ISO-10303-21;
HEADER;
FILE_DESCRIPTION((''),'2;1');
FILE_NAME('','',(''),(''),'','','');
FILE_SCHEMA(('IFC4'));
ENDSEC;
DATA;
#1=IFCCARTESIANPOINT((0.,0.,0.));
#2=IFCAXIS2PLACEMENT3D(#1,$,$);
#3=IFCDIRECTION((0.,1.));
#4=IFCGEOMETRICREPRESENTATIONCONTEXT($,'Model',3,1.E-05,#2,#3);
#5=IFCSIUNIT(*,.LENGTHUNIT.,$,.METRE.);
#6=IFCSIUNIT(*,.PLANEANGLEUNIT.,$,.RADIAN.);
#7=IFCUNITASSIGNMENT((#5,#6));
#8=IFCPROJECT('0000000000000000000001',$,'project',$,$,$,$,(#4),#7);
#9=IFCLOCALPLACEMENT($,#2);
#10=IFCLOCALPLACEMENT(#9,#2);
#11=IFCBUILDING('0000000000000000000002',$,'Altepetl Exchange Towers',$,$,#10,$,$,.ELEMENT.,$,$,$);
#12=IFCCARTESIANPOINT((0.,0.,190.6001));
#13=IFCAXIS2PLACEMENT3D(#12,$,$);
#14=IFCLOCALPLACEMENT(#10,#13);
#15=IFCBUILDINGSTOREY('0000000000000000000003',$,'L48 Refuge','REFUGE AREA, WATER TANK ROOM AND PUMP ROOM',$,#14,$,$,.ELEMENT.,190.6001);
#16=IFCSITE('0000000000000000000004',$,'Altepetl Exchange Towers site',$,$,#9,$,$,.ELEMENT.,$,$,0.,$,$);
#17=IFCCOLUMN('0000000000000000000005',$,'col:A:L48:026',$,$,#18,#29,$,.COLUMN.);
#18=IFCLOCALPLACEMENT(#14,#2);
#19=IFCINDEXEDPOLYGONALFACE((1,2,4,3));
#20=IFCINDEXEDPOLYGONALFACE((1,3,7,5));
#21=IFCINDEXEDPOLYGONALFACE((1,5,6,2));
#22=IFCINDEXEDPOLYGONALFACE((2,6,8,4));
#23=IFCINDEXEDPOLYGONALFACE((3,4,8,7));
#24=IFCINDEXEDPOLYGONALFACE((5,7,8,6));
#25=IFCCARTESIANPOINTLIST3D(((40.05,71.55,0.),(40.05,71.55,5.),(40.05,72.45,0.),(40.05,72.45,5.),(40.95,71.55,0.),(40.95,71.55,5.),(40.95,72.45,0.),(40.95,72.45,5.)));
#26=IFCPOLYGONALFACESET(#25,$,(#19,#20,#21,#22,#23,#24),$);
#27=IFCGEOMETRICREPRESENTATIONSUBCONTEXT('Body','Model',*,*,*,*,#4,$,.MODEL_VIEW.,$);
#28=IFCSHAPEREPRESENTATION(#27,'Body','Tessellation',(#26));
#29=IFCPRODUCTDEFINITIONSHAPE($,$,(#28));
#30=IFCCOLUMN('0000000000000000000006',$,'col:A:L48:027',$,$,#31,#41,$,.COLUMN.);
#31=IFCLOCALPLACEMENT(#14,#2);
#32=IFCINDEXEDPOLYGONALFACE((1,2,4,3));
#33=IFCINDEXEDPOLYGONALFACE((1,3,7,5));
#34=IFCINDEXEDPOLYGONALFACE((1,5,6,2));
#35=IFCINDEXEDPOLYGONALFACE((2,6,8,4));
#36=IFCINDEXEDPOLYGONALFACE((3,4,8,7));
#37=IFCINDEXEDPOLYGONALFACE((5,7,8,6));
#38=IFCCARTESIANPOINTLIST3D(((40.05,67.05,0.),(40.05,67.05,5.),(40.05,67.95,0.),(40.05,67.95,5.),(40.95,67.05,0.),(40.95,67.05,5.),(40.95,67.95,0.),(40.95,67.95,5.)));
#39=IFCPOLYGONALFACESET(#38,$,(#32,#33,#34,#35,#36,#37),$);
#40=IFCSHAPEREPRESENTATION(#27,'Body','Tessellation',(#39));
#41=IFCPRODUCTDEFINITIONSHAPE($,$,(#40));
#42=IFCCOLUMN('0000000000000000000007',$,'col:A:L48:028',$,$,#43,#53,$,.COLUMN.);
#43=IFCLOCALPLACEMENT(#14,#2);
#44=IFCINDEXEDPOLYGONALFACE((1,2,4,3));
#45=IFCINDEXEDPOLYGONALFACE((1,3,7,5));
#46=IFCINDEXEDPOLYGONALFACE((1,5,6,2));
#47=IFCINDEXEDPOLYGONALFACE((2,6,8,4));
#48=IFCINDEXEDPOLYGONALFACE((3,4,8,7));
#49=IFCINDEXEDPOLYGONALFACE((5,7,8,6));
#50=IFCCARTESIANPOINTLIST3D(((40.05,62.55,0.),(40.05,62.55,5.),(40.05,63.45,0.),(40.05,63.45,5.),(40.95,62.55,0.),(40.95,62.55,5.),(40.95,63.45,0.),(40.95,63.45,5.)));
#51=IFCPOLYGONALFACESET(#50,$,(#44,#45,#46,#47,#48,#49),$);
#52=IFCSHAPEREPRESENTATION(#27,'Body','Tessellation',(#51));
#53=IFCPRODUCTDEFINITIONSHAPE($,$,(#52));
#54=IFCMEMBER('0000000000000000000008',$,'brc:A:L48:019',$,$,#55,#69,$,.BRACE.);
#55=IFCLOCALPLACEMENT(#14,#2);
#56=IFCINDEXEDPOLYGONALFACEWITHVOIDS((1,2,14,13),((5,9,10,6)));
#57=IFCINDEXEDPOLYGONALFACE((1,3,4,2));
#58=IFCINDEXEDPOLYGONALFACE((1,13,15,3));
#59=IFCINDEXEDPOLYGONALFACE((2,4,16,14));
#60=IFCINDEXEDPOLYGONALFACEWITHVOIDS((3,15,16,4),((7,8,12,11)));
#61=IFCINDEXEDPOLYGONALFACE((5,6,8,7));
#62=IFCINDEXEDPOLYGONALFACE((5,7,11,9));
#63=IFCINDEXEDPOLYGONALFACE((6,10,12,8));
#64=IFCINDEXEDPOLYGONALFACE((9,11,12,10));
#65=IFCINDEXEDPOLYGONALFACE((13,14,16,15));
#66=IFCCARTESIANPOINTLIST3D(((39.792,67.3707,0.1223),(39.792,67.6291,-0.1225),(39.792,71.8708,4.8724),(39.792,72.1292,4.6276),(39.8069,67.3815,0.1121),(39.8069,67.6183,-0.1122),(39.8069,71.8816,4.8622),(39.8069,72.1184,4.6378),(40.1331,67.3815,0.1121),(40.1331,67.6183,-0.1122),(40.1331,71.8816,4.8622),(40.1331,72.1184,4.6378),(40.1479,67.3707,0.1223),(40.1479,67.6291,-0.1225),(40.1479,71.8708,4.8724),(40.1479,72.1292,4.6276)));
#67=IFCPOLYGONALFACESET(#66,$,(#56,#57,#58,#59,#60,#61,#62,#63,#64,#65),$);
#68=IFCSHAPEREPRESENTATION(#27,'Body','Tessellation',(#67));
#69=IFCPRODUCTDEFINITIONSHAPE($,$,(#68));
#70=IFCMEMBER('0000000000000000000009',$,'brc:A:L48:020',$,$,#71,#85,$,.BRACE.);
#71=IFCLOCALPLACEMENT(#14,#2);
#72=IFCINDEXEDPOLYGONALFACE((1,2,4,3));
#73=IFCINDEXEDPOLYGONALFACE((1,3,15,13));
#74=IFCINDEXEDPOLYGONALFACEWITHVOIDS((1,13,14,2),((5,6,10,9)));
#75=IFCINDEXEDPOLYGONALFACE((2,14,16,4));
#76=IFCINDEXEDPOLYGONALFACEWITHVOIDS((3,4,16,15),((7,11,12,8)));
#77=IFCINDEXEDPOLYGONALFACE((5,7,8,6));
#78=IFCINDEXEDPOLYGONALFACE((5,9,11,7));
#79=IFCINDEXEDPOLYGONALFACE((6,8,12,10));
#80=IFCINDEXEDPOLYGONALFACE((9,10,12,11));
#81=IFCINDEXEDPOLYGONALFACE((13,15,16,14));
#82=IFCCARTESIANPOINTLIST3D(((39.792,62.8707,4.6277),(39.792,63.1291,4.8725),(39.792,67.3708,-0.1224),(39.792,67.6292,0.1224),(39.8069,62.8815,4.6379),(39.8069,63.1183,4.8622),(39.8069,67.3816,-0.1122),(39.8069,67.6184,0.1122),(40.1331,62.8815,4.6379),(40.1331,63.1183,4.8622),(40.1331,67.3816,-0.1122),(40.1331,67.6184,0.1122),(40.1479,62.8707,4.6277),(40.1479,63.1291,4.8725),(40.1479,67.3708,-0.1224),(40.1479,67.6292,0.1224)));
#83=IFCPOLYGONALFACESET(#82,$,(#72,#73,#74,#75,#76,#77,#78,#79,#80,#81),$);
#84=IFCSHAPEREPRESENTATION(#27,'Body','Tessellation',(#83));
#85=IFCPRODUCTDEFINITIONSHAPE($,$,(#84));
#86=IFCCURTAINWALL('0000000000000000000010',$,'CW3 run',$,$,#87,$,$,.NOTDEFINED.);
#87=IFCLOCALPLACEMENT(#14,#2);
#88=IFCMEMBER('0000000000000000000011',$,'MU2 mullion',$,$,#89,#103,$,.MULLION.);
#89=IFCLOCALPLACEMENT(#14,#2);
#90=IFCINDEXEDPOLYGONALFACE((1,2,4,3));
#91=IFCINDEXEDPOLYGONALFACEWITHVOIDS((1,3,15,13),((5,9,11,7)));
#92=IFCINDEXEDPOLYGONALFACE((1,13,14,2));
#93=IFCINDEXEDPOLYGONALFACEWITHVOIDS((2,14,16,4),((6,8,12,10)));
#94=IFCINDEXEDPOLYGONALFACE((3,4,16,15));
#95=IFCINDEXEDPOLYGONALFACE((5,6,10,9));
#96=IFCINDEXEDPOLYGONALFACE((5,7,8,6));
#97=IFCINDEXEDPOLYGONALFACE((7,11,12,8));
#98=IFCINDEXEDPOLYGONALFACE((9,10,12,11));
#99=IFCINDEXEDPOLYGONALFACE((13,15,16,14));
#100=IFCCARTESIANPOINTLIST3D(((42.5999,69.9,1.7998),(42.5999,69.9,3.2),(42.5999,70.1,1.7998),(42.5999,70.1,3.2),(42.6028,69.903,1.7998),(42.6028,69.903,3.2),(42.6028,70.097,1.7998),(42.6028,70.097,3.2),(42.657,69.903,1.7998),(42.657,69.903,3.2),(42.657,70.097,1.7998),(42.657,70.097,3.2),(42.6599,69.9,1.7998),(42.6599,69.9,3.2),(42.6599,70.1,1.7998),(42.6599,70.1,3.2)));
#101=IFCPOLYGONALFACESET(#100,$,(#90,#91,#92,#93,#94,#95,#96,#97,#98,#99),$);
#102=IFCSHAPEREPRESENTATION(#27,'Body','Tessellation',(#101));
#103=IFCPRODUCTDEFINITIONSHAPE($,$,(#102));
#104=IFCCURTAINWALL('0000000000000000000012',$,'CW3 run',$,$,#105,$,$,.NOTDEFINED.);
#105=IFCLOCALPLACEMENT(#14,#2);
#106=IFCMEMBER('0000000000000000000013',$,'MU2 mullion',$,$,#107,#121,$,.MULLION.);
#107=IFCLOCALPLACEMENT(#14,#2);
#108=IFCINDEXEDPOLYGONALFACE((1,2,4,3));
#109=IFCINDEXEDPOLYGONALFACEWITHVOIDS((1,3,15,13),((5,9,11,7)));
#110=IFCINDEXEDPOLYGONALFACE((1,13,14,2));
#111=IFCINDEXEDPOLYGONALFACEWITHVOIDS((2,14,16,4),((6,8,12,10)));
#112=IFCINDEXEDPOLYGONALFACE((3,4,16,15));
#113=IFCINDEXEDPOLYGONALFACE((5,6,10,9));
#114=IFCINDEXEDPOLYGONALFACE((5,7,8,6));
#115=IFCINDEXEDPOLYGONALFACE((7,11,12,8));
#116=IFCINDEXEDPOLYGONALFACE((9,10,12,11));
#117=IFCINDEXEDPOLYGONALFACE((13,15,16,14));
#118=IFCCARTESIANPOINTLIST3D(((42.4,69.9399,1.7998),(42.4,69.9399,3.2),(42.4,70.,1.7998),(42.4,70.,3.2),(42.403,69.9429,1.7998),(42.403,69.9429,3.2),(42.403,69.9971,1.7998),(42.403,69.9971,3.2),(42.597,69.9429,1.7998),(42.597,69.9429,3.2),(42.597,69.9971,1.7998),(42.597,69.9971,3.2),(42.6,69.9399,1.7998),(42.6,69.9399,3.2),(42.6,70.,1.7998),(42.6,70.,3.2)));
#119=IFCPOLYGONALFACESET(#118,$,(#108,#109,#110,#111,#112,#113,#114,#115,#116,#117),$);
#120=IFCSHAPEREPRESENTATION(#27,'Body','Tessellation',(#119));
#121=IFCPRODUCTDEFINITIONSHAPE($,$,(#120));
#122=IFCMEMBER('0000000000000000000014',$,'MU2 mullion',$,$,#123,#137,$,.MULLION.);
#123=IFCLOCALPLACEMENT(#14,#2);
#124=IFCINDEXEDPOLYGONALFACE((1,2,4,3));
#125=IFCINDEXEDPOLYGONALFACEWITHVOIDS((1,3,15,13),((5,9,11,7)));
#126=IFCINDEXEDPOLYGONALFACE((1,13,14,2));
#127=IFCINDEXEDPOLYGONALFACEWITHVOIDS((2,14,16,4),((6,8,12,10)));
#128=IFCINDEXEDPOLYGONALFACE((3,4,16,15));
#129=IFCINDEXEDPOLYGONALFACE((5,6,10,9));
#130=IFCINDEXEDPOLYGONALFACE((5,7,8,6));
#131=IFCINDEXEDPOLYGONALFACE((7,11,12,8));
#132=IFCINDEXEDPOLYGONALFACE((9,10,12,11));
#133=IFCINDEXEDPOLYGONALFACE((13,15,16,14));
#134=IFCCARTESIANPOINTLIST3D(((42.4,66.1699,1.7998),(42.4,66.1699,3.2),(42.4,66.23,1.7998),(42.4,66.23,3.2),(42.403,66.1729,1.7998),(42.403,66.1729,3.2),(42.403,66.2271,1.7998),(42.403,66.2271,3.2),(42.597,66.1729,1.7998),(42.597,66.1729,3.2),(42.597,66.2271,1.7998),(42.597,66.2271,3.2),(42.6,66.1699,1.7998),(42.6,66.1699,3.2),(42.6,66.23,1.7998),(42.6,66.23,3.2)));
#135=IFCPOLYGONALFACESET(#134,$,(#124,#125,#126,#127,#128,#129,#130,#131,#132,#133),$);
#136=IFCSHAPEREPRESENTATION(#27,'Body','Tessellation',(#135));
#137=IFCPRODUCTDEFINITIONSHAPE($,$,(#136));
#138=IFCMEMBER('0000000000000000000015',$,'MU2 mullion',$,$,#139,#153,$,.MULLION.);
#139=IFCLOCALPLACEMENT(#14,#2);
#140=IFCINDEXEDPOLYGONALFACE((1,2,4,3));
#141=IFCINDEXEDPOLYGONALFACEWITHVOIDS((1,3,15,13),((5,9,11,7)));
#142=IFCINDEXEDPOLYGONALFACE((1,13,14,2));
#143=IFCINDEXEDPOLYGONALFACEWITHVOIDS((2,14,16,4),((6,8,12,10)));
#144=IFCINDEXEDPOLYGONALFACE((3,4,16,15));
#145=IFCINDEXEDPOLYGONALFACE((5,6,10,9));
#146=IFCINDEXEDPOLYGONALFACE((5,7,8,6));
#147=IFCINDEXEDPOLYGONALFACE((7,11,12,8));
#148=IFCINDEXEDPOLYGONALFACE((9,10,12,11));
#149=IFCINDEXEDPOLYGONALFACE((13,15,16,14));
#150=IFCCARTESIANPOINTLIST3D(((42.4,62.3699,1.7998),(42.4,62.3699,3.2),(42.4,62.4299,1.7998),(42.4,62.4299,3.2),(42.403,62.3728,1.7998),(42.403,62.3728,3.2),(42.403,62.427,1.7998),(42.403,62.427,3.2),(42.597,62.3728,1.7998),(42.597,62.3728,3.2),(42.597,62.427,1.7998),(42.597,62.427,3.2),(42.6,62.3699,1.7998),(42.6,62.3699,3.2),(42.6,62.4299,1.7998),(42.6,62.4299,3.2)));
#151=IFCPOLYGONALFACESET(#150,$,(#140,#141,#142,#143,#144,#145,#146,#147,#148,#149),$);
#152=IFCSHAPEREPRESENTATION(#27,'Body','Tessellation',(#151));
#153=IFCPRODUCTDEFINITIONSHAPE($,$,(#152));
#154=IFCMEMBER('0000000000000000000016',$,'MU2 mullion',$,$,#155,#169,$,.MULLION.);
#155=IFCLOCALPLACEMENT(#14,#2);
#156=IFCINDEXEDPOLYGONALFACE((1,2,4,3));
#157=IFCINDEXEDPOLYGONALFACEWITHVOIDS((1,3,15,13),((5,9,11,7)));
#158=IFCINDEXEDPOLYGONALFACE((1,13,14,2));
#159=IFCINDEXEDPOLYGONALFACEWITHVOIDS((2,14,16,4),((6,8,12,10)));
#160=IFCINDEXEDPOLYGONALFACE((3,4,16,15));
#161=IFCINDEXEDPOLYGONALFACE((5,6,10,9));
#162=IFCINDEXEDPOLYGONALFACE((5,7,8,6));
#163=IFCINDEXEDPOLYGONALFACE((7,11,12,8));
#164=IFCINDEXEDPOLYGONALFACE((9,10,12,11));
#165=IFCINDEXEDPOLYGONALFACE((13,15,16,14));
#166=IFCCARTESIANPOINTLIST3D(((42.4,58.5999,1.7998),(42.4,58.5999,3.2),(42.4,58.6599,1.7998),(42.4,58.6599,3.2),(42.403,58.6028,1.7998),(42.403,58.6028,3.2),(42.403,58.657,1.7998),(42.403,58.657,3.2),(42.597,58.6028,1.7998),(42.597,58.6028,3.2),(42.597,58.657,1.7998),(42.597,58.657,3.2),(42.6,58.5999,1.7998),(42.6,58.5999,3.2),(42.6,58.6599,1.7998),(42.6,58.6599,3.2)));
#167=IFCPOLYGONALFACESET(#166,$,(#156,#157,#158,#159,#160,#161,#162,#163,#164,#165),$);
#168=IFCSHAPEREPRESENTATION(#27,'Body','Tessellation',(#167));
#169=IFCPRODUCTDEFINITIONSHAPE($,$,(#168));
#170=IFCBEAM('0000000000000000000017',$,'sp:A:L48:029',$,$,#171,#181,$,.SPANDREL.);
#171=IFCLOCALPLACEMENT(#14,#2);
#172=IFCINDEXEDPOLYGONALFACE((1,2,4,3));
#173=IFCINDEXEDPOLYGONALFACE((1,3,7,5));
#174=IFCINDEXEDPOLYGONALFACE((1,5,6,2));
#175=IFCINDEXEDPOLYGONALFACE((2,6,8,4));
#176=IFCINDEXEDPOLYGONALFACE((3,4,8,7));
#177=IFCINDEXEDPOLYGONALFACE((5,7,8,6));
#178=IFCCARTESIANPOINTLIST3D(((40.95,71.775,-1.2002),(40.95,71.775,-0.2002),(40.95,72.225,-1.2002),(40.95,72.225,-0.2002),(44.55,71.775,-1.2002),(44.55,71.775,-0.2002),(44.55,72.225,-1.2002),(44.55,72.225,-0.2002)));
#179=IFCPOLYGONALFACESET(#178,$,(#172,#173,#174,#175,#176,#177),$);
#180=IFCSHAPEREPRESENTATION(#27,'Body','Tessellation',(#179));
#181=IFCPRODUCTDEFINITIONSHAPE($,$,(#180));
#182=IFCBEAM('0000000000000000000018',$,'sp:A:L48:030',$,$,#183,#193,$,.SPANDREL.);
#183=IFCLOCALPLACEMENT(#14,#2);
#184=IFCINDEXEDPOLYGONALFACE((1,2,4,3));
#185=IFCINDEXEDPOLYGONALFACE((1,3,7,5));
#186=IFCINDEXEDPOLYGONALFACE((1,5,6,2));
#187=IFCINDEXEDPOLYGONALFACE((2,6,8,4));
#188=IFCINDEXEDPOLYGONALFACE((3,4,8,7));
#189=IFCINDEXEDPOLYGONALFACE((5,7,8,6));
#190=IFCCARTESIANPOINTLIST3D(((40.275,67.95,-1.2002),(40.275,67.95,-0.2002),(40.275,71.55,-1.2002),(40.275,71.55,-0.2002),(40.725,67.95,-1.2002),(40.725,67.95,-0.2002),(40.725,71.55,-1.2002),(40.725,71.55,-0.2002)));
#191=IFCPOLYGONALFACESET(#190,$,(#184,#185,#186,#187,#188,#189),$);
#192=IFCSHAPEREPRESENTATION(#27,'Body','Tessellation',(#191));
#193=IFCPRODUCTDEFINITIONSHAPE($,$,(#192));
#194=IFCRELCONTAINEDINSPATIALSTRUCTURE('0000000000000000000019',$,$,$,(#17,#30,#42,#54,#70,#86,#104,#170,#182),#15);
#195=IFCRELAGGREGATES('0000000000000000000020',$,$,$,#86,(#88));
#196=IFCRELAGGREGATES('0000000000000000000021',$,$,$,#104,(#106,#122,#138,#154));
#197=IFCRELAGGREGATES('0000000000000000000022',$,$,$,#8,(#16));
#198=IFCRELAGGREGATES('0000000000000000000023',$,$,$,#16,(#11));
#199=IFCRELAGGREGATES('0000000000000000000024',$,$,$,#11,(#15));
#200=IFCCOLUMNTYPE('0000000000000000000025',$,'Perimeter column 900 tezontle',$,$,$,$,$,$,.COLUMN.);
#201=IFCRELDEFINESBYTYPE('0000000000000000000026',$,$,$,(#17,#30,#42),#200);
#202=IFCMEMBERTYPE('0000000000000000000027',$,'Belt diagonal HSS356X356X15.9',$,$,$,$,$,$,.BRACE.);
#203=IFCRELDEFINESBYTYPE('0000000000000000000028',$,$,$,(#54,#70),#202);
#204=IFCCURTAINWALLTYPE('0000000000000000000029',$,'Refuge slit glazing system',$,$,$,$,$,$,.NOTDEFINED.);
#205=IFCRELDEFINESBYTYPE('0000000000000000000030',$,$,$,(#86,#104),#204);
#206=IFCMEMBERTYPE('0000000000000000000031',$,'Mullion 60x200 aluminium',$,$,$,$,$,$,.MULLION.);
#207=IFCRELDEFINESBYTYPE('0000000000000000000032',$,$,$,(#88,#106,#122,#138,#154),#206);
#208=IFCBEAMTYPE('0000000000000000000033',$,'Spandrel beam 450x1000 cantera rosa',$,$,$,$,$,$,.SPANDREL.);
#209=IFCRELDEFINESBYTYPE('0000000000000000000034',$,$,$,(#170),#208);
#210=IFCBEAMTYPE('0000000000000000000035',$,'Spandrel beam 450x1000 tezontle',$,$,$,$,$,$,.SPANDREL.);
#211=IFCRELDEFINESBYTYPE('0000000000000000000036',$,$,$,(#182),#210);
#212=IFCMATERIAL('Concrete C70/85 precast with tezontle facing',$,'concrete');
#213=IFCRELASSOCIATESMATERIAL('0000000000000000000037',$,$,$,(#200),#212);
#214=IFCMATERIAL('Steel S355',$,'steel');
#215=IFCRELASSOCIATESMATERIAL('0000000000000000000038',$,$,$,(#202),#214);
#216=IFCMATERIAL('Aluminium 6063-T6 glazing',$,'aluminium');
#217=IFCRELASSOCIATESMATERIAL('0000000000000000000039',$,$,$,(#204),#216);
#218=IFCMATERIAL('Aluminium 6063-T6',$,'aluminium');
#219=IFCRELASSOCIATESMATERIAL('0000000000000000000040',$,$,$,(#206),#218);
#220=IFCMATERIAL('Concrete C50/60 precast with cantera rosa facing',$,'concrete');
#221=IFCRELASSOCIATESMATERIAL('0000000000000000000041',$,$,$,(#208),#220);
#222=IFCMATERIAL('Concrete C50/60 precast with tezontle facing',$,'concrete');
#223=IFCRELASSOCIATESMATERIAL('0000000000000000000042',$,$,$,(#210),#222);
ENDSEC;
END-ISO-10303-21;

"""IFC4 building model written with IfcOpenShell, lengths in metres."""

from ifc_helpers import new_model, si_unit, direction, frame, origin, origin_2d, place, context, subcontext, project, spatial, rectangle, hollow_rectangle, extrude, material, material_profile, profile_set, type_object, element, aggregate, save


model = new_model("IFC4")

# Units and contexts
model_context = context("Model", 3, precision=1e-05, world=origin(), true_north=direction((0.0, 1.0)))
body_context = subcontext(model_context, "Body", "Model", "MODEL_VIEW")
ifc_project = project(units=[si_unit("LENGTHUNIT", "METRE"), si_unit("PLANEANGLEUNIT", "RADIAN")], contexts=[model_context])

# Site, building, storey
site_placement = place(None, origin())
site = spatial("IfcSite", under=ifc_project, at=site_placement, Name="Altepetl Exchange Towers site", CompositionType="ELEMENT", RefElevation=0.0)
building_placement = place(site_placement, origin())
building = spatial("IfcBuilding", under=site, at=building_placement, Name="Altepetl Exchange Towers", CompositionType="ELEMENT")
storey_placement = place(building_placement, frame((0.0, 0.0, 190.6001)))
storey = spatial("IfcBuildingStorey", under=building, at=storey_placement, Name="L48 Refuge", Description="REFUGE AREA, WATER TANK ROOM AND PUMP ROOM", CompositionType="ELEMENT", Elevation=190.6001)

# Columns
ifc_material_1 = material(Name="Concrete C70/85 precast with tezontle facing", Category="concrete")
ifc_material_profile_1 = material_profile(ifc_material_1, rectangle(XDim=0.8999, YDim=0.8999, at=origin_2d()), Name="900 x 900")
ifc_profile_set_1 = profile_set([ifc_material_profile_1], Name="Concrete C70/85 precast with tezontle facing")
column_type = type_object("IfcColumnType", Name="Perimeter column 900 tezontle", PredefinedType="COLUMN", material=ifc_profile_set_1)
for number, where, name in (
    (1, (40.5, 72.0, 0.0), "col:A:L48:026"),
    (2, (40.5, 67.5, 0.0), "col:A:L48:027"),
    (3, (40.5, 63.0, 0.0), "col:A:L48:028"),
):
    element("IfcColumn", number, at=place(storey_placement, frame(where)), inside=storey, type_object=column_type, Name=name, PredefinedType="COLUMN", context=body_context, shape_type="SweptSolid", body=[
        extrude(rectangle(XDim=0.8999, YDim=0.8999, at=origin_2d()), origin(), (0.0, 0.0, 1.0), 5.0),
    ])

# Members
ifc_material_2 = material(Name="Steel S355", Category="steel")
ifc_material_profile_2 = material_profile(ifc_material_2, hollow_rectangle(XDim=0.356, YDim=0.356, WallThickness=0.0149, at=origin_2d()), Name="HSS356X356X15.9")
ifc_profile_set_2 = profile_set([ifc_material_profile_2], Name="Steel S355")
member_type_1 = type_object("IfcMemberType", Name="Belt diagonal HSS356X356X15.9", PredefinedType="BRACE", material=ifc_profile_set_2)
for number, where, z_axis, x_axis, name in (
    (4, (39.97, 72.0, 4.75), (0.0, -0.687745, -0.725953), (1.0, 0.0, 0.0), "brc:A:L48:019"),
    (5, (39.97, 67.5, 0.0), (0.0, -0.687745, 0.725953), (1.0, 0.0, 0.0), "brc:A:L48:020"),
):
    element("IfcMember", number, at=place(storey_placement, frame(where, z_axis=z_axis, x_axis=x_axis)), inside=storey, type_object=member_type_1, Name=name, PredefinedType="BRACE", context=body_context, shape_type="SweptSolid", body=[
        extrude(hollow_rectangle(XDim=0.356, YDim=0.356, WallThickness=0.0149, at=origin_2d()), origin(), (0.0, 0.0, 1.0), 6.5432),
    ])

# Curtain wall, member
ifc_material_3 = material(Name="Aluminium 6063-T6 glazing", Category="aluminium")
curtain_wall_type = type_object("IfcCurtainWallType", Name="Refuge slit glazing system", PredefinedType="NOTDEFINED", material=ifc_material_3)
curtain_wall_1_placement = place(storey_placement, origin())
curtain_wall_1 = element("IfcCurtainWall", 6, at=curtain_wall_1_placement, inside=storey, type_object=curtain_wall_type, Name="CW3 run", PredefinedType="NOTDEFINED")
ifc_material_4 = material(Name="Aluminium 6063-T6", Category="aluminium")
ifc_material_profile_3 = material_profile(ifc_material_4, hollow_rectangle(XDim=0.0601, YDim=0.2, WallThickness=0.0029, at=origin_2d()), Name="Mullion 60x200 aluminium")
ifc_profile_set_3 = profile_set([ifc_material_profile_3], Name="Aluminium 6063-T6")
member_type_2 = type_object("IfcMemberType", Name="Mullion 60x200 aluminium", PredefinedType="MULLION", material=ifc_profile_set_3)
member_1_placement = place(storey_placement, frame((42.6299, 70.0, 1.7998), z_axis=(0.0, 0.0, 1.0), x_axis=(-1.0, 0.0, 0.0)))
member_1 = element("IfcMember", 7, at=member_1_placement, type_object=member_type_2, Name="MU2 mullion", PredefinedType="MULLION", context=body_context, shape_type="SweptSolid", body=[
    extrude(hollow_rectangle(XDim=0.0601, YDim=0.2, WallThickness=0.0029, at=origin_2d()), origin(), (0.0, 0.0, 1.0), 1.4001),
])
aggregate(curtain_wall_1, [member_1])

# Curtain wall, members
curtain_wall_2_placement = place(storey_placement, origin())
curtain_wall_2 = element("IfcCurtainWall", 8, at=curtain_wall_2_placement, inside=storey, type_object=curtain_wall_type, Name="CW3 run", PredefinedType="NOTDEFINED")
member_2_placement = place(storey_placement, frame((42.5, 69.97, 1.7998), z_axis=(0.0, 0.0, 1.0), x_axis=(0.0, -1.0, 0.0)))
member_2 = element("IfcMember", 9, at=member_2_placement, type_object=member_type_2, Name="MU2 mullion", PredefinedType="MULLION", context=body_context, shape_type="SweptSolid", body=[
    extrude(hollow_rectangle(XDim=0.0601, YDim=0.2, WallThickness=0.0029, at=origin_2d()), origin(), (0.0, 0.0, 1.0), 1.4001),
])
member_3_placement = place(storey_placement, frame((42.5, 66.2, 1.7998), z_axis=(0.0, 0.0, 1.0), x_axis=(0.0, -1.0, 0.0)))
member_3 = element("IfcMember", 10, at=member_3_placement, type_object=member_type_2, Name="MU2 mullion", PredefinedType="MULLION", context=body_context, shape_type="SweptSolid", body=[
    extrude(hollow_rectangle(XDim=0.0601, YDim=0.2, WallThickness=0.0029, at=origin_2d()), origin(), (0.0, 0.0, 1.0), 1.4001),
])
member_4_placement = place(storey_placement, frame((42.5, 62.3999, 1.7998), z_axis=(0.0, 0.0, 1.0), x_axis=(0.0, -1.0, 0.0)))
member_4 = element("IfcMember", 11, at=member_4_placement, type_object=member_type_2, Name="MU2 mullion", PredefinedType="MULLION", context=body_context, shape_type="SweptSolid", body=[
    extrude(hollow_rectangle(XDim=0.0601, YDim=0.2, WallThickness=0.0029, at=origin_2d()), origin(), (0.0, 0.0, 1.0), 1.4001),
])
member_5_placement = place(storey_placement, frame((42.5, 58.6299, 1.7998), z_axis=(0.0, 0.0, 1.0), x_axis=(0.0, -1.0, 0.0)))
member_5 = element("IfcMember", 12, at=member_5_placement, type_object=member_type_2, Name="MU2 mullion", PredefinedType="MULLION", context=body_context, shape_type="SweptSolid", body=[
    extrude(hollow_rectangle(XDim=0.0601, YDim=0.2, WallThickness=0.0029, at=origin_2d()), origin(), (0.0, 0.0, 1.0), 1.4001),
])

# Beams
ifc_material_5 = material(Name="Concrete C50/60 precast with cantera rosa facing", Category="concrete")
ifc_material_profile_4 = material_profile(ifc_material_5, rectangle(XDim=0.45, YDim=1.0, at=origin_2d()), Name="450 x 1000")
ifc_profile_set_4 = profile_set([ifc_material_profile_4], Name="Concrete C50/60 precast with cantera rosa facing")
beam_type_1 = type_object("IfcBeamType", Name="Spandrel beam 450x1000 cantera rosa", PredefinedType="SPANDREL", material=ifc_profile_set_4)
beam_1_placement = place(storey_placement, frame((44.55, 72.0, -0.7002), z_axis=(-1.0, 0.0, 0.0), x_axis=(0.0, -1.0, 0.0)))
element("IfcBeam", 13, at=beam_1_placement, inside=storey, type_object=beam_type_1, Name="sp:A:L48:029", PredefinedType="SPANDREL", context=body_context, shape_type="SweptSolid", body=[
    extrude(rectangle(XDim=0.45, YDim=1.0, at=origin_2d()), origin(), (0.0, 0.0, 1.0), 3.6001),
])
ifc_material_6 = material(Name="Concrete C50/60 precast with tezontle facing", Category="concrete")
ifc_material_profile_5 = material_profile(ifc_material_6, rectangle(XDim=0.45, YDim=1.0, at=origin_2d()), Name="450 x 1000")
ifc_profile_set_5 = profile_set([ifc_material_profile_5], Name="Concrete C50/60 precast with tezontle facing")
beam_type_2 = type_object("IfcBeamType", Name="Spandrel beam 450x1000 tezontle", PredefinedType="SPANDREL", material=ifc_profile_set_5)
for number, where, z_axis, x_axis, name in (
    (14, (40.5, 71.55, -0.7002), (0.0, -1.0, 0.0), (1.0, 0.0, 0.0), "sp:A:L48:030"),
):
    element("IfcBeam", number, at=place(storey_placement, frame(where, z_axis=z_axis, x_axis=x_axis)), inside=storey, type_object=beam_type_2, Name=name, PredefinedType="SPANDREL", context=body_context, shape_type="SweptSolid", body=[
        extrude(rectangle(XDim=0.45, YDim=1.0, at=origin_2d()), origin(), (0.0, 0.0, 1.0), 3.6001),
    ])

aggregate(curtain_wall_2, [member_2, member_3, member_4, member_5])

save(model, "model.ifc")
